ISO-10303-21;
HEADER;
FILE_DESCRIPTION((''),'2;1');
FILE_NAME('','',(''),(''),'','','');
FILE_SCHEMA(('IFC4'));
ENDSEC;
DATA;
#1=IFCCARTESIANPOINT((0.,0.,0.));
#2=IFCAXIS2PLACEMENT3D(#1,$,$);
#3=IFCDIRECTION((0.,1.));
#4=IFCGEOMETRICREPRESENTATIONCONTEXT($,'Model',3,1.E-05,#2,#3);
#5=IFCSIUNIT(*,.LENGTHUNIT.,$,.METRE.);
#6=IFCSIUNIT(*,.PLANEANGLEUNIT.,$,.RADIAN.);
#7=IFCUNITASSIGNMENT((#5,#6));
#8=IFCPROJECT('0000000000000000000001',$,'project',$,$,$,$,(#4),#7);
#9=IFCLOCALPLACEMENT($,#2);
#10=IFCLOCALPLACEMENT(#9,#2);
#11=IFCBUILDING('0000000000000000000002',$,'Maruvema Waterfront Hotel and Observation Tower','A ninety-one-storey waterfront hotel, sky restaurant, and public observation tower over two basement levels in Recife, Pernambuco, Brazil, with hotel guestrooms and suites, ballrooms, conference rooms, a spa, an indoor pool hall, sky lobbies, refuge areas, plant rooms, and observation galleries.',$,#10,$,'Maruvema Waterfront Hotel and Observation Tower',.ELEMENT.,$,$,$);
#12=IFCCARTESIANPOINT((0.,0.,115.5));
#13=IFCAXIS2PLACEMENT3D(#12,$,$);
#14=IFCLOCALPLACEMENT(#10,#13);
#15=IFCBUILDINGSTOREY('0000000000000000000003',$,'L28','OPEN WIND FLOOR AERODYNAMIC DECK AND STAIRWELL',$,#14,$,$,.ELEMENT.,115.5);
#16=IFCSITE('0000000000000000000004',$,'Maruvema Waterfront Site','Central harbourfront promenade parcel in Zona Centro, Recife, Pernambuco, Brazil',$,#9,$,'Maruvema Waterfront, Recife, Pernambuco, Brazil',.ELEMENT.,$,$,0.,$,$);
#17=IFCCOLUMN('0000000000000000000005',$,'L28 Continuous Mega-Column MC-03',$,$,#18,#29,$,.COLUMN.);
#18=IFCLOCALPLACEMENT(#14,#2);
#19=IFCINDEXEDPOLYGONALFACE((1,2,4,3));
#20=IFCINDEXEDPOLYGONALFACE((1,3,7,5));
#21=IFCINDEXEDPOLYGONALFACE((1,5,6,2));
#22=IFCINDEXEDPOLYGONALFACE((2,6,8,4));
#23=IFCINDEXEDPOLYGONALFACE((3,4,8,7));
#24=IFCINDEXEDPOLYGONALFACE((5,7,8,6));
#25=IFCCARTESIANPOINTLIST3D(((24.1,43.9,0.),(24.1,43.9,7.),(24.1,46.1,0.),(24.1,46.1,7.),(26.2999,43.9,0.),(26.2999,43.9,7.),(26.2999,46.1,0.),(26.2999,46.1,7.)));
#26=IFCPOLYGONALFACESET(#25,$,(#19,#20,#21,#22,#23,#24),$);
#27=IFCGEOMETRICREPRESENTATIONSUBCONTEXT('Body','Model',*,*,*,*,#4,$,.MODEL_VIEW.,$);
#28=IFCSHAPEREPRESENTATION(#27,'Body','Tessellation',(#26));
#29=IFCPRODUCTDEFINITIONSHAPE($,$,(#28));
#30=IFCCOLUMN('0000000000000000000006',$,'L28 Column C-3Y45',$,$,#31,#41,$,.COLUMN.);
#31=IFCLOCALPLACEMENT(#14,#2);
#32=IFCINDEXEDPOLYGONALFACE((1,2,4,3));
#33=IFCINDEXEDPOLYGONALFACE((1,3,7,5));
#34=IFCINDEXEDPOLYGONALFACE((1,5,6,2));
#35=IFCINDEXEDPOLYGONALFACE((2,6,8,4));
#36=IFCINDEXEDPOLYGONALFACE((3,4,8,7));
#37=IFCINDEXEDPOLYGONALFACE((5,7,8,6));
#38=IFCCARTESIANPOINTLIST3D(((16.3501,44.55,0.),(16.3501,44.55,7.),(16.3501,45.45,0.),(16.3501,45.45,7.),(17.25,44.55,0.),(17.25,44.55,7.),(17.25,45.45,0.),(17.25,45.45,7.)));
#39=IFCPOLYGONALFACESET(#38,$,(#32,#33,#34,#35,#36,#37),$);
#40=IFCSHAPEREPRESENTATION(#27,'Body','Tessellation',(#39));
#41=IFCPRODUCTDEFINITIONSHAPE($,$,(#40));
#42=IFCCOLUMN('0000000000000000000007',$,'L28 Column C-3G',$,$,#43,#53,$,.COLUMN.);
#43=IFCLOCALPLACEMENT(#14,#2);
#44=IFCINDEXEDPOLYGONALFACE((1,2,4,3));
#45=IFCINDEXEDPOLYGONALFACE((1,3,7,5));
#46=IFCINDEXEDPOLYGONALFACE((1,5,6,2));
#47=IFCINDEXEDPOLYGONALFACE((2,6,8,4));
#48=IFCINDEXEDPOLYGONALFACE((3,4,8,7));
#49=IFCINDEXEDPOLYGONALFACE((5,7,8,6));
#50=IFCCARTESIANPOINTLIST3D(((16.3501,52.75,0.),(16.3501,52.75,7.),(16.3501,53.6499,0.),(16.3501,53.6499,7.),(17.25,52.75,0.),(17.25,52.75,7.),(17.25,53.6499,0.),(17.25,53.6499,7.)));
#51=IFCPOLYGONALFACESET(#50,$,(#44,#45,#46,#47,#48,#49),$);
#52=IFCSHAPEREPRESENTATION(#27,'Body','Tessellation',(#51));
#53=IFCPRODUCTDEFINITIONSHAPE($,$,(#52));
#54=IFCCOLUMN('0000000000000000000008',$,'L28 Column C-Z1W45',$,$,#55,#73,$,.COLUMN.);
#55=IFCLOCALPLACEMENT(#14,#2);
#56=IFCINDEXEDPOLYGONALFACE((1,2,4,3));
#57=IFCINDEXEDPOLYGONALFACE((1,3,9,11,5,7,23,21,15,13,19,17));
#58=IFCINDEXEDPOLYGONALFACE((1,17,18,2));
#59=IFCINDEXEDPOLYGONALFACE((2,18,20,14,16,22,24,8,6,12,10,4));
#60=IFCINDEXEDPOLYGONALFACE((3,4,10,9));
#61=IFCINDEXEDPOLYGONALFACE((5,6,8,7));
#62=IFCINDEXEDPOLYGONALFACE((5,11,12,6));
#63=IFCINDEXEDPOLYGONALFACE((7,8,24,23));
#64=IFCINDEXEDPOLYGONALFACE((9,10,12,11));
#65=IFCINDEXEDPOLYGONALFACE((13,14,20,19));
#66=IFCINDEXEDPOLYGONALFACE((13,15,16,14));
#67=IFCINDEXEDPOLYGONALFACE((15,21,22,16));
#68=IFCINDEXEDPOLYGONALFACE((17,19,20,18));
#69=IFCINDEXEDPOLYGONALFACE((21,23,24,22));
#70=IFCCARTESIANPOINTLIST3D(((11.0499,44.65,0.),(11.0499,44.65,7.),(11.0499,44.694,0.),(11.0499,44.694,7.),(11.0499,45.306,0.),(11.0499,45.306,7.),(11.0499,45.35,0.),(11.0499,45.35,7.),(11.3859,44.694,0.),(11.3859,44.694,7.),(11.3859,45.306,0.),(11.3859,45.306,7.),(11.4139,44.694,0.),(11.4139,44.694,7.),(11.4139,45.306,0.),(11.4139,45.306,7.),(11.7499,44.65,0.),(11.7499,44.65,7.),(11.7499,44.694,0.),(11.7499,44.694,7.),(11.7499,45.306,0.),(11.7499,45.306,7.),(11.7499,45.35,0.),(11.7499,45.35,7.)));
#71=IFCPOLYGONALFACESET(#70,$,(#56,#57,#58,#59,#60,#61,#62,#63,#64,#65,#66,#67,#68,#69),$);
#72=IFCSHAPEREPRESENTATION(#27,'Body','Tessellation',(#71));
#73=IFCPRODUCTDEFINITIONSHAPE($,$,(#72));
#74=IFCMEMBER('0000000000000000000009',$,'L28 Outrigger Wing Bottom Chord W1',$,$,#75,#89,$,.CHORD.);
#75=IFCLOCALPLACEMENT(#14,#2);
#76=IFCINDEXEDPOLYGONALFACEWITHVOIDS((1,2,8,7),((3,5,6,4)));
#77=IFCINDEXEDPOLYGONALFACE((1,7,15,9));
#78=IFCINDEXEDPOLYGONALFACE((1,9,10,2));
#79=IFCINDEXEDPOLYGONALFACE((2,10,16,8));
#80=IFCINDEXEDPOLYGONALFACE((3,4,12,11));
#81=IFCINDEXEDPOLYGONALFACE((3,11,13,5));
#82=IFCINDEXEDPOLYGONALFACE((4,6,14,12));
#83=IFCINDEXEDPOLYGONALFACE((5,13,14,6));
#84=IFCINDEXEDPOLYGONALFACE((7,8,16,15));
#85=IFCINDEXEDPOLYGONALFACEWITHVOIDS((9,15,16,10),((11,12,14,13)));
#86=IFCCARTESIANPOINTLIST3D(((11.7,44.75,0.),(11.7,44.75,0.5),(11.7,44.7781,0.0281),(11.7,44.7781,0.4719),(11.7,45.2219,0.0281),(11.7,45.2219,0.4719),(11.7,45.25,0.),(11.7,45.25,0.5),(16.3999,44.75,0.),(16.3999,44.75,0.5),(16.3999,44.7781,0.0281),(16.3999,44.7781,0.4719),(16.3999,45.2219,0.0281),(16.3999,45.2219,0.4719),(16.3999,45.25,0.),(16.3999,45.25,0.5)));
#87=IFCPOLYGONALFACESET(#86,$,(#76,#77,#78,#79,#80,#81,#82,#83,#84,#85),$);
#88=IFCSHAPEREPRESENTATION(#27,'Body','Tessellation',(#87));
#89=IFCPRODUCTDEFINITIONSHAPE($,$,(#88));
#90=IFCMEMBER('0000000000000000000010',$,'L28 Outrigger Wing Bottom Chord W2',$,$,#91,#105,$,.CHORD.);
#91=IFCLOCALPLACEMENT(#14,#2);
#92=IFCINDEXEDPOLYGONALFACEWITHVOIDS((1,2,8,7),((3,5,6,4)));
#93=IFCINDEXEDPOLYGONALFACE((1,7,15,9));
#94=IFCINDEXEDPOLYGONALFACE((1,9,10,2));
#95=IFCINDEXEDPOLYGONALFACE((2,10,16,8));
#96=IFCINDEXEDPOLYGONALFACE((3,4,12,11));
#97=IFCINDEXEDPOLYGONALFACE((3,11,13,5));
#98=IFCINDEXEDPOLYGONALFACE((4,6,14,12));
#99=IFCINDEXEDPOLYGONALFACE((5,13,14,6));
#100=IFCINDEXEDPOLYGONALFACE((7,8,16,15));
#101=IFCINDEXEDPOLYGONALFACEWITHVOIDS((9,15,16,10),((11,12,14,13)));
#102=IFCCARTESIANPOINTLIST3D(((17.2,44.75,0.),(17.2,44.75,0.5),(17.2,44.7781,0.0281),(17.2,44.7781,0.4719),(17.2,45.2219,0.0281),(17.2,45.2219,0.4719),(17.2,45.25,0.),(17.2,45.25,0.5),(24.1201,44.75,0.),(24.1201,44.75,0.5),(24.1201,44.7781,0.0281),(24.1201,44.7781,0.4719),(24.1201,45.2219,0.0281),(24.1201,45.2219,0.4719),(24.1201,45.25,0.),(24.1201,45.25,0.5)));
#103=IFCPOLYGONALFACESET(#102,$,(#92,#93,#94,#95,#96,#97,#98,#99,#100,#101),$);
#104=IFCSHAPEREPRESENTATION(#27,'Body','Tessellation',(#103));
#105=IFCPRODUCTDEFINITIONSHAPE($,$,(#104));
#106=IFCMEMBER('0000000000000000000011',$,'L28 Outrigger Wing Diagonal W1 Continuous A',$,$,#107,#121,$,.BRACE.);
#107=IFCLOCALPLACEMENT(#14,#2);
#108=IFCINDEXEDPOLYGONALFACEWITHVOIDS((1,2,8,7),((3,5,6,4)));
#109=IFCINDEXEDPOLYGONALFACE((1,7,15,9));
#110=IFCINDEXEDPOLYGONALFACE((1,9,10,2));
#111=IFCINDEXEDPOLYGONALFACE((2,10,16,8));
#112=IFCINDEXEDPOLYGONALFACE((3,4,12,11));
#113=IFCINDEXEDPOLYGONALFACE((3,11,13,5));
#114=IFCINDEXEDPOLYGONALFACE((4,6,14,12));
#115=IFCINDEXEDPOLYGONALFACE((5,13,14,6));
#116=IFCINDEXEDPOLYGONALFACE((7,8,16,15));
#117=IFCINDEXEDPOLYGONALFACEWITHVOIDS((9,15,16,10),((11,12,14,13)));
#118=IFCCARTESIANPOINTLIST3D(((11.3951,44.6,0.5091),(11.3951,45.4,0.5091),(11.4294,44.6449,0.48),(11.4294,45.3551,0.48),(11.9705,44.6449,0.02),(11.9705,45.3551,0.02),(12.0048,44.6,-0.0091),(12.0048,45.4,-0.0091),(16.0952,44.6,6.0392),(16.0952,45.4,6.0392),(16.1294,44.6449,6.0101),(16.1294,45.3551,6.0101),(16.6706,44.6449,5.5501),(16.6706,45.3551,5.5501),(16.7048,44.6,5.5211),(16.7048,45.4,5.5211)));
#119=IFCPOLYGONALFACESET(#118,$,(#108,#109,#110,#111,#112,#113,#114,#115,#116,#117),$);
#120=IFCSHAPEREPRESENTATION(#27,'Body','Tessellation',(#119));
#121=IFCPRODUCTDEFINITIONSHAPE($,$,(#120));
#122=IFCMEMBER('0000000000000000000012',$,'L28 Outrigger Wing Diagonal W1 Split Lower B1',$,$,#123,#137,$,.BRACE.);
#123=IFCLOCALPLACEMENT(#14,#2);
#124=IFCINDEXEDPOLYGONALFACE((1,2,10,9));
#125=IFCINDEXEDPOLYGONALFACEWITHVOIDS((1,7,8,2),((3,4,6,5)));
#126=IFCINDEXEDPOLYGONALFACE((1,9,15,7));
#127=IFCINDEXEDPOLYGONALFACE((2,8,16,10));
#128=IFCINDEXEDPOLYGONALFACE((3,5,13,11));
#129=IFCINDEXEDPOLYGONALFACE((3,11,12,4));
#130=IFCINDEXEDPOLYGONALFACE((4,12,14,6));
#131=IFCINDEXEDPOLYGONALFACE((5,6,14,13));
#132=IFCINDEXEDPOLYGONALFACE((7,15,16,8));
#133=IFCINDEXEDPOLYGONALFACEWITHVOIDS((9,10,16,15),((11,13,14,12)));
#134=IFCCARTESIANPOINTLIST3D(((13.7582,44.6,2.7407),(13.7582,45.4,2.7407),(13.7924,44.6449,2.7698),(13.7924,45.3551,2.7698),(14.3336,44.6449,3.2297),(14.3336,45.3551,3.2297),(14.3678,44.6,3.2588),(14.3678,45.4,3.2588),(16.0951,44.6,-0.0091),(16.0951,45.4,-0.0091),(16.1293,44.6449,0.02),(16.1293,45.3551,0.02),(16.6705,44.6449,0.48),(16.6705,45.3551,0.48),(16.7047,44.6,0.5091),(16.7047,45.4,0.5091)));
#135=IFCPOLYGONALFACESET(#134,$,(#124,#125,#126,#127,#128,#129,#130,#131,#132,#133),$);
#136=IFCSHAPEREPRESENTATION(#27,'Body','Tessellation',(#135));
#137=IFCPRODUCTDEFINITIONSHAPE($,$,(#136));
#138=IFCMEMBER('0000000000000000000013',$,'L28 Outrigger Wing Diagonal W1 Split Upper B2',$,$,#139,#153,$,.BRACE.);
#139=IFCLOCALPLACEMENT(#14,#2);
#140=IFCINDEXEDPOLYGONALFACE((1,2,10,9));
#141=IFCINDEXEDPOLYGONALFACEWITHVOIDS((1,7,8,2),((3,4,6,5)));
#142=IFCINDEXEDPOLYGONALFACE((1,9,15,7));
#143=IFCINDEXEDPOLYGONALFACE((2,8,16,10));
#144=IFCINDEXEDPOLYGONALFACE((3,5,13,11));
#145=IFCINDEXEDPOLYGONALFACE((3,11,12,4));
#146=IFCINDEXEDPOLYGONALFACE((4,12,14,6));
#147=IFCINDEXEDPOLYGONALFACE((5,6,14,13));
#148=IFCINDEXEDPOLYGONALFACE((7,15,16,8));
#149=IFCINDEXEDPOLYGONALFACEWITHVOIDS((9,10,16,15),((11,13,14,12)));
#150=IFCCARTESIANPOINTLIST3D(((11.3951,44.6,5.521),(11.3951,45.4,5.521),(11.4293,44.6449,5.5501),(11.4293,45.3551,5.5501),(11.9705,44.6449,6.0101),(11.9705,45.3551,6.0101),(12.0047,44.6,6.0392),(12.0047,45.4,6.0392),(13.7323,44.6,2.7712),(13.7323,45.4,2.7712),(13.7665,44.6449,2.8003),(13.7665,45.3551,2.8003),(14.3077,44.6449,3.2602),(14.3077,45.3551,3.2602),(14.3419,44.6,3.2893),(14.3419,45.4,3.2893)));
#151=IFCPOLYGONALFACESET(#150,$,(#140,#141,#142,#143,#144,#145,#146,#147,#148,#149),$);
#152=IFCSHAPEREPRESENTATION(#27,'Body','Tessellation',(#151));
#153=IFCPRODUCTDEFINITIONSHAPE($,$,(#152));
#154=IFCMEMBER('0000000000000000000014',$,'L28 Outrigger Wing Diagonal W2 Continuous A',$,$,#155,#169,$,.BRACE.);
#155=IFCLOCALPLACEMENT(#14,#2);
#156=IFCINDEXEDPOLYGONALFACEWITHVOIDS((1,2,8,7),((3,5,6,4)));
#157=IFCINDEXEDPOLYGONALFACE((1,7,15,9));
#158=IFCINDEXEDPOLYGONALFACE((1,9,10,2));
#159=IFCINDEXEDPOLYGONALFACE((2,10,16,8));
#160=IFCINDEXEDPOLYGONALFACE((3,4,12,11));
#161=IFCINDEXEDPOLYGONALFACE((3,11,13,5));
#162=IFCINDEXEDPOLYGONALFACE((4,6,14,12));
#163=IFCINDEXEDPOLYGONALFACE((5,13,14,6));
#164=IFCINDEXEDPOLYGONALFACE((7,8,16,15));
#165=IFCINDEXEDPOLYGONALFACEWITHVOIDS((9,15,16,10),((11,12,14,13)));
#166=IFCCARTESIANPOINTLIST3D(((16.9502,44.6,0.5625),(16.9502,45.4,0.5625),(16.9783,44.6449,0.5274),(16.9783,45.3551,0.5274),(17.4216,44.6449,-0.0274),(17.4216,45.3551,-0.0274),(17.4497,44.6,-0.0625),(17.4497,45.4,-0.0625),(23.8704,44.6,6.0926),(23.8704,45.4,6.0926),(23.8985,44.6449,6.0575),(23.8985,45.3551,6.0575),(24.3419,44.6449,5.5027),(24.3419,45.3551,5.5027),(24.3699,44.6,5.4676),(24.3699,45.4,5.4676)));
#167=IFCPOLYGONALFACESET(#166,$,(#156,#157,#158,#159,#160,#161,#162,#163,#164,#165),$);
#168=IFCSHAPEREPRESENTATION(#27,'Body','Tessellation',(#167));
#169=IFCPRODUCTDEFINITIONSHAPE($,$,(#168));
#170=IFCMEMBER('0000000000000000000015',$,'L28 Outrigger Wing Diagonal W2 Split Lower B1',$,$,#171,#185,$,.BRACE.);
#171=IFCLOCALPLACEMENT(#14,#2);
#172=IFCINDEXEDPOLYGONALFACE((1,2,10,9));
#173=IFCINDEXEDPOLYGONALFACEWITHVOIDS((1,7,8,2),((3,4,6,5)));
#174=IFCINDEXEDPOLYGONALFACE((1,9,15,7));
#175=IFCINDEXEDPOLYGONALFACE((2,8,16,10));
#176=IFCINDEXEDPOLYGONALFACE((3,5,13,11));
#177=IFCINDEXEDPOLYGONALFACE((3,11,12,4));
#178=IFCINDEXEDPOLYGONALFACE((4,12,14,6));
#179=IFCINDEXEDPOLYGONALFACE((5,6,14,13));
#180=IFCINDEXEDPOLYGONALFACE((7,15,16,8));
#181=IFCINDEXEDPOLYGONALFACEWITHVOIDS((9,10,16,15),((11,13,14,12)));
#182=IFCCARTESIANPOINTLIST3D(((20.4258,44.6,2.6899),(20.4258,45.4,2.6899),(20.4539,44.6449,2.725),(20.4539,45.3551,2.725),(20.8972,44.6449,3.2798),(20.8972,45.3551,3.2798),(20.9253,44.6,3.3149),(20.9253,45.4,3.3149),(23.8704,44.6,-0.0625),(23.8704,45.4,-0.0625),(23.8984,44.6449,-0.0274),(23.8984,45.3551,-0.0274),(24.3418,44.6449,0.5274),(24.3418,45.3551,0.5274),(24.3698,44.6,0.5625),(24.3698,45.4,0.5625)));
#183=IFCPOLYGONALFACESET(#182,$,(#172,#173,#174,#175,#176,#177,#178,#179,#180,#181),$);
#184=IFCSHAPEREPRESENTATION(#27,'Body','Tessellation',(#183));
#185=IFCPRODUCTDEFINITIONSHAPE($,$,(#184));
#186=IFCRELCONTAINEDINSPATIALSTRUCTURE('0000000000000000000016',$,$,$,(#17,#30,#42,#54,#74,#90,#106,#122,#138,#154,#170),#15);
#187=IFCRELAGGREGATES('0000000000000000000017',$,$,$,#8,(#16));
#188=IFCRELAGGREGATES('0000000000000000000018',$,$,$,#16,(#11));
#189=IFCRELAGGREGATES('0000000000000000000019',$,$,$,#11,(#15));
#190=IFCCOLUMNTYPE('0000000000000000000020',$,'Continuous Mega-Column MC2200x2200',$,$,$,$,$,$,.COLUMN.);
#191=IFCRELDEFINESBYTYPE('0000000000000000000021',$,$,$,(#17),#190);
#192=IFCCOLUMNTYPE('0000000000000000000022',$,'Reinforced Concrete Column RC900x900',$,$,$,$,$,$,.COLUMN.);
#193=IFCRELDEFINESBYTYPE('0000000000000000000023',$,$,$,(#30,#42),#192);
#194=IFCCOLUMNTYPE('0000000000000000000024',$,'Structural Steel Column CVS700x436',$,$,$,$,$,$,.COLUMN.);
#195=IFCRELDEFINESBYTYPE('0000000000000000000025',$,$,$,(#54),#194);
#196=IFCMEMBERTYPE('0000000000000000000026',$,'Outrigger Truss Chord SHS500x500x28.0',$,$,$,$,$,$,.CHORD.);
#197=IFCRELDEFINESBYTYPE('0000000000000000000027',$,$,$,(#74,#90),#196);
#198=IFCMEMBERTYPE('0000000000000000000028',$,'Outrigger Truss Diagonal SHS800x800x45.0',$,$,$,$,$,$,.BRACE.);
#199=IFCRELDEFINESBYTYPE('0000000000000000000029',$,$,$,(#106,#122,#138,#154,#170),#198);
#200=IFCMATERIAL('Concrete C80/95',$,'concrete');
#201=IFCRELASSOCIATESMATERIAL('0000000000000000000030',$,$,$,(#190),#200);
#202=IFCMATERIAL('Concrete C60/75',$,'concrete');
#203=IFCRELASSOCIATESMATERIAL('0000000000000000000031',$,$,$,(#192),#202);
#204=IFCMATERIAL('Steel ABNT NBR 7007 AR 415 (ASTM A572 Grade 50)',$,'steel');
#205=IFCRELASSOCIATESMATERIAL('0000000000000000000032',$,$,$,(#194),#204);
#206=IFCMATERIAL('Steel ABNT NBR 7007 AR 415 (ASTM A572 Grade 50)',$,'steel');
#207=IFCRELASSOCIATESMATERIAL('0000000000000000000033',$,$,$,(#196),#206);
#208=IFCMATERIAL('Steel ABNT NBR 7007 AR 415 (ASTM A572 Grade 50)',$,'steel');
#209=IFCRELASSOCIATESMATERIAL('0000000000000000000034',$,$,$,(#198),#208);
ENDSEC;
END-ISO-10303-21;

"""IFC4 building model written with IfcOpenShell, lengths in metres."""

from ifc_helpers import new_model, si_unit, direction, frame, origin, origin_2d, place, context, subcontext, project, spatial, rectangle, hollow_rectangle, i_section, extrude, material, material_profile, profile_set, type_object, element, save


model = new_model("IFC4")

# Units and contexts
model_context = context("Model", 3, precision=1e-05, world=origin(), true_north=direction((0.0, 1.0)))
body_context = subcontext(model_context, "Body", "Model", "MODEL_VIEW")
ifc_project = project(units=[si_unit("LENGTHUNIT", "METRE"), si_unit("PLANEANGLEUNIT", "RADIAN")], contexts=[model_context])

# Site, building, storey
site_placement = place(None, origin())
site = spatial("IfcSite", under=ifc_project, at=site_placement, Name="Maruvema Waterfront Site", Description="Central harbourfront promenade parcel in Zona Centro, Recife, Pernambuco, Brazil", LongName="Maruvema Waterfront, Recife, Pernambuco, Brazil", CompositionType="ELEMENT", RefElevation=0.0)
building_placement = place(site_placement, origin())
building = spatial("IfcBuilding", under=site, at=building_placement, Name="Maruvema Waterfront Hotel and Observation Tower", Description="A ninety-one-storey waterfront hotel, sky restaurant, and public observation tower over two basement levels in Recife, Pernambuco, Brazil, with hotel guestrooms and suites, ballrooms, conference rooms, a spa, an indoor pool hall, sky lobbies, refuge areas, plant rooms, and observation galleries.", LongName="Maruvema Waterfront Hotel and Observation Tower", CompositionType="ELEMENT")
storey_placement = place(building_placement, frame((0.0, 0.0, 115.5)))
storey = spatial("IfcBuildingStorey", under=building, at=storey_placement, Name="L28", Description="OPEN WIND FLOOR AERODYNAMIC DECK AND STAIRWELL", CompositionType="ELEMENT", Elevation=115.5)

# Columns
ifc_material_1 = material(Name="Concrete C80/95", Category="concrete")
ifc_material_profile_1 = material_profile(ifc_material_1, rectangle(XDim=2.2, YDim=2.2, at=origin_2d()), Name="MC2200x2200")
ifc_profile_set_1 = profile_set([ifc_material_profile_1], Name="Concrete C80/95")
column_type_1 = type_object("IfcColumnType", Name="Continuous Mega-Column MC2200x2200", PredefinedType="COLUMN", material=ifc_profile_set_1)
column_1_placement = place(storey_placement, frame((25.2, 45.0, 0.0), z_axis=(0.0, 0.0, 1.0), x_axis=(1.0, 0.0, 0.0)))
element("IfcColumn", 1, at=column_1_placement, inside=storey, type_object=column_type_1, Name="L28 Continuous Mega-Column MC-03", PredefinedType="COLUMN", context=body_context, shape_type="SweptSolid", body=[
    extrude(rectangle(XDim=2.2, YDim=2.2, at=origin_2d()), origin(), (0.0, 0.0, 1.0), 7.0),
])
ifc_material_2 = material(Name="Concrete C60/75", Category="concrete")
ifc_material_profile_2 = material_profile(ifc_material_2, rectangle(XDim=0.8999, YDim=0.8999, at=origin_2d()), Name="RC900x900")
ifc_profile_set_2 = profile_set([ifc_material_profile_2], Name="Concrete C60/75")
column_type_2 = type_object("IfcColumnType", Name="Reinforced Concrete Column RC900x900", PredefinedType="COLUMN", material=ifc_profile_set_2)
for number, where, z_axis, x_axis, name in (
    (2, (16.8, 45.0, 0.0), (0.0, 0.0, 1.0), (1.0, 0.0, 0.0), "L28 Column C-3Y45"),
    (3, (16.8, 53.2, 0.0), (0.0, 0.0, 1.0), (1.0, 0.0, 0.0), "L28 Column C-3G"),
):
    element("IfcColumn", number, at=place(storey_placement, frame(where, z_axis=z_axis, x_axis=x_axis)), inside=storey, type_object=column_type_2, Name=name, PredefinedType="COLUMN", context=body_context, shape_type="SweptSolid", body=[
        extrude(rectangle(XDim=0.8999, YDim=0.8999, at=origin_2d()), origin(), (0.0, 0.0, 1.0), 7.0),
    ])
ifc_material_3 = material(Name="Steel ABNT NBR 7007 AR 415 (ASTM A572 Grade 50)", Category="steel")
ifc_material_profile_3 = material_profile(ifc_material_3, i_section(OverallWidth=0.7, OverallDepth=0.7, WebThickness=0.0281, FlangeThickness=0.0439, at=origin_2d()), Name="CVS700x436")
ifc_profile_set_3 = profile_set([ifc_material_profile_3], Name="Steel ABNT NBR 7007 AR 415 (ASTM A572 Grade 50)")
column_type_3 = type_object("IfcColumnType", Name="Structural Steel Column CVS700x436", PredefinedType="COLUMN", material=ifc_profile_set_3)
column_2_placement = place(storey_placement, frame((11.3999, 45.0, 0.0), z_axis=(0.0, 0.0, 1.0), x_axis=(1.0, 0.0, 0.0)))
element("IfcColumn", 4, at=column_2_placement, inside=storey, type_object=column_type_3, Name="L28 Column C-Z1W45", PredefinedType="COLUMN", context=body_context, shape_type="SweptSolid", body=[
    extrude(i_section(OverallWidth=0.7, OverallDepth=0.7, WebThickness=0.0281, FlangeThickness=0.0439, at=origin_2d()), origin(), (0.0, 0.0, 1.0), 7.0),
])

# Members
ifc_material_4 = material(Name="Steel ABNT NBR 7007 AR 415 (ASTM A572 Grade 50)", Category="steel")
ifc_material_profile_4 = material_profile(ifc_material_4, hollow_rectangle(XDim=0.5, YDim=0.5, WallThickness=0.0281, at=origin_2d()), Name="SHS500x500x28.0")
ifc_profile_set_4 = profile_set([ifc_material_profile_4], Name="Steel ABNT NBR 7007 AR 415 (ASTM A572 Grade 50)")
member_type_1 = type_object("IfcMemberType", Name="Outrigger Truss Chord SHS500x500x28.0", PredefinedType="CHORD", material=ifc_profile_set_4)
member_1_placement = place(storey_placement, frame((11.7, 45.0, 0.25), z_axis=(1.0, 0.0, 0.0), x_axis=(0.0, 1.0, 0.0)))
element("IfcMember", 5, at=member_1_placement, inside=storey, type_object=member_type_1, Name="L28 Outrigger Wing Bottom Chord W1", PredefinedType="CHORD", context=body_context, shape_type="SweptSolid", body=[
    extrude(hollow_rectangle(XDim=0.5, YDim=0.5, WallThickness=0.0281, at=origin_2d()), origin(), (0.0, 0.0, 1.0), 4.7),
])
member_2_placement = place(storey_placement, frame((17.2, 45.0, 0.25), z_axis=(1.0, 0.0, 0.0), x_axis=(0.0, 1.0, 0.0)))
element("IfcMember", 6, at=member_2_placement, inside=storey, type_object=member_type_1, Name="L28 Outrigger Wing Bottom Chord W2", PredefinedType="CHORD", context=body_context, shape_type="SweptSolid", body=[
    extrude(hollow_rectangle(XDim=0.5, YDim=0.5, WallThickness=0.0281, at=origin_2d()), origin(), (0.0, 0.0, 1.0), 6.9202),
])
ifc_material_5 = material(Name="Steel ABNT NBR 7007 AR 415 (ASTM A572 Grade 50)", Category="steel")
ifc_material_profile_5 = material_profile(ifc_material_5, hollow_rectangle(XDim=0.8, YDim=0.8, WallThickness=0.0449, at=origin_2d()), Name="SHS800x800x45.0")
ifc_profile_set_5 = profile_set([ifc_material_profile_5], Name="Steel ABNT NBR 7007 AR 415 (ASTM A572 Grade 50)")
member_type_2 = type_object("IfcMemberType", Name="Outrigger Truss Diagonal SHS800x800x45.0", PredefinedType="BRACE", material=ifc_profile_set_5)
member_3_placement = place(storey_placement, frame((11.7, 45.0, 0.25), z_axis=(0.647603, 0.0, 0.761978), x_axis=(0.0, 1.0, 0.0)))
element("IfcMember", 7, at=member_3_placement, inside=storey, type_object=member_type_2, Name="L28 Outrigger Wing Diagonal W1 Continuous A", PredefinedType="BRACE", context=body_context, shape_type="SweptSolid", body=[
    extrude(hollow_rectangle(XDim=0.8, YDim=0.8, WallThickness=0.0449, at=origin_2d()), origin(), (0.0, 0.0, 1.0), 7.2576),
])
member_4_placement = place(storey_placement, frame((16.3999, 45.0, 0.25), z_axis=(-0.647588, 0.0, 0.761991), x_axis=(0.0, -1.0, 0.0)))
element("IfcMember", 8, at=member_4_placement, inside=storey, type_object=member_type_2, Name="L28 Outrigger Wing Diagonal W1 Split Lower B1", PredefinedType="BRACE", context=body_context, shape_type="SweptSolid", body=[
    extrude(hollow_rectangle(XDim=0.8, YDim=0.8, WallThickness=0.0449, at=origin_2d()), origin(), (0.0, 0.0, 1.0), 3.6086),
])
member_5_placement = place(storey_placement, frame((14.0371, 45.0, 3.0303), z_axis=(-0.647627, 0.0, 0.761958), x_axis=(0.0, -1.0, 0.0)))
element("IfcMember", 9, at=member_5_placement, inside=storey, type_object=member_type_2, Name="L28 Outrigger Wing Diagonal W1 Split Upper B2", PredefinedType="BRACE", context=body_context, shape_type="SweptSolid", body=[
    extrude(hollow_rectangle(XDim=0.8, YDim=0.8, WallThickness=0.0449, at=origin_2d()), origin(), (0.0, 0.0, 1.0), 3.6089),
])
member_6_placement = place(storey_placement, frame((17.2, 45.0, 0.25), z_axis=(0.781205, 0.0, 0.624275), x_axis=(0.0, 1.0, 0.0)))
element("IfcMember", 10, at=member_6_placement, inside=storey, type_object=member_type_2, Name="L28 Outrigger Wing Diagonal W2 Continuous A", PredefinedType="BRACE", context=body_context, shape_type="SweptSolid", body=[
    extrude(hollow_rectangle(XDim=0.8, YDim=0.8, WallThickness=0.0449, at=origin_2d()), origin(), (0.0, 0.0, 1.0), 8.8584),
])
member_7_placement = place(storey_placement, frame((24.1201, 45.0, 0.25), z_axis=(-0.781225, 0.0, 0.624249), x_axis=(0.0, -1.0, 0.0)))
element("IfcMember", 11, at=member_7_placement, inside=storey, type_object=member_type_2, Name="L28 Outrigger Wing Diagonal W2 Split Lower B1", PredefinedType="BRACE", context=body_context, shape_type="SweptSolid", body=[
    extrude(hollow_rectangle(XDim=0.8, YDim=0.8, WallThickness=0.0449, at=origin_2d()), origin(), (0.0, 0.0, 1.0), 4.4092),
])

save(model, "model.ifc")
